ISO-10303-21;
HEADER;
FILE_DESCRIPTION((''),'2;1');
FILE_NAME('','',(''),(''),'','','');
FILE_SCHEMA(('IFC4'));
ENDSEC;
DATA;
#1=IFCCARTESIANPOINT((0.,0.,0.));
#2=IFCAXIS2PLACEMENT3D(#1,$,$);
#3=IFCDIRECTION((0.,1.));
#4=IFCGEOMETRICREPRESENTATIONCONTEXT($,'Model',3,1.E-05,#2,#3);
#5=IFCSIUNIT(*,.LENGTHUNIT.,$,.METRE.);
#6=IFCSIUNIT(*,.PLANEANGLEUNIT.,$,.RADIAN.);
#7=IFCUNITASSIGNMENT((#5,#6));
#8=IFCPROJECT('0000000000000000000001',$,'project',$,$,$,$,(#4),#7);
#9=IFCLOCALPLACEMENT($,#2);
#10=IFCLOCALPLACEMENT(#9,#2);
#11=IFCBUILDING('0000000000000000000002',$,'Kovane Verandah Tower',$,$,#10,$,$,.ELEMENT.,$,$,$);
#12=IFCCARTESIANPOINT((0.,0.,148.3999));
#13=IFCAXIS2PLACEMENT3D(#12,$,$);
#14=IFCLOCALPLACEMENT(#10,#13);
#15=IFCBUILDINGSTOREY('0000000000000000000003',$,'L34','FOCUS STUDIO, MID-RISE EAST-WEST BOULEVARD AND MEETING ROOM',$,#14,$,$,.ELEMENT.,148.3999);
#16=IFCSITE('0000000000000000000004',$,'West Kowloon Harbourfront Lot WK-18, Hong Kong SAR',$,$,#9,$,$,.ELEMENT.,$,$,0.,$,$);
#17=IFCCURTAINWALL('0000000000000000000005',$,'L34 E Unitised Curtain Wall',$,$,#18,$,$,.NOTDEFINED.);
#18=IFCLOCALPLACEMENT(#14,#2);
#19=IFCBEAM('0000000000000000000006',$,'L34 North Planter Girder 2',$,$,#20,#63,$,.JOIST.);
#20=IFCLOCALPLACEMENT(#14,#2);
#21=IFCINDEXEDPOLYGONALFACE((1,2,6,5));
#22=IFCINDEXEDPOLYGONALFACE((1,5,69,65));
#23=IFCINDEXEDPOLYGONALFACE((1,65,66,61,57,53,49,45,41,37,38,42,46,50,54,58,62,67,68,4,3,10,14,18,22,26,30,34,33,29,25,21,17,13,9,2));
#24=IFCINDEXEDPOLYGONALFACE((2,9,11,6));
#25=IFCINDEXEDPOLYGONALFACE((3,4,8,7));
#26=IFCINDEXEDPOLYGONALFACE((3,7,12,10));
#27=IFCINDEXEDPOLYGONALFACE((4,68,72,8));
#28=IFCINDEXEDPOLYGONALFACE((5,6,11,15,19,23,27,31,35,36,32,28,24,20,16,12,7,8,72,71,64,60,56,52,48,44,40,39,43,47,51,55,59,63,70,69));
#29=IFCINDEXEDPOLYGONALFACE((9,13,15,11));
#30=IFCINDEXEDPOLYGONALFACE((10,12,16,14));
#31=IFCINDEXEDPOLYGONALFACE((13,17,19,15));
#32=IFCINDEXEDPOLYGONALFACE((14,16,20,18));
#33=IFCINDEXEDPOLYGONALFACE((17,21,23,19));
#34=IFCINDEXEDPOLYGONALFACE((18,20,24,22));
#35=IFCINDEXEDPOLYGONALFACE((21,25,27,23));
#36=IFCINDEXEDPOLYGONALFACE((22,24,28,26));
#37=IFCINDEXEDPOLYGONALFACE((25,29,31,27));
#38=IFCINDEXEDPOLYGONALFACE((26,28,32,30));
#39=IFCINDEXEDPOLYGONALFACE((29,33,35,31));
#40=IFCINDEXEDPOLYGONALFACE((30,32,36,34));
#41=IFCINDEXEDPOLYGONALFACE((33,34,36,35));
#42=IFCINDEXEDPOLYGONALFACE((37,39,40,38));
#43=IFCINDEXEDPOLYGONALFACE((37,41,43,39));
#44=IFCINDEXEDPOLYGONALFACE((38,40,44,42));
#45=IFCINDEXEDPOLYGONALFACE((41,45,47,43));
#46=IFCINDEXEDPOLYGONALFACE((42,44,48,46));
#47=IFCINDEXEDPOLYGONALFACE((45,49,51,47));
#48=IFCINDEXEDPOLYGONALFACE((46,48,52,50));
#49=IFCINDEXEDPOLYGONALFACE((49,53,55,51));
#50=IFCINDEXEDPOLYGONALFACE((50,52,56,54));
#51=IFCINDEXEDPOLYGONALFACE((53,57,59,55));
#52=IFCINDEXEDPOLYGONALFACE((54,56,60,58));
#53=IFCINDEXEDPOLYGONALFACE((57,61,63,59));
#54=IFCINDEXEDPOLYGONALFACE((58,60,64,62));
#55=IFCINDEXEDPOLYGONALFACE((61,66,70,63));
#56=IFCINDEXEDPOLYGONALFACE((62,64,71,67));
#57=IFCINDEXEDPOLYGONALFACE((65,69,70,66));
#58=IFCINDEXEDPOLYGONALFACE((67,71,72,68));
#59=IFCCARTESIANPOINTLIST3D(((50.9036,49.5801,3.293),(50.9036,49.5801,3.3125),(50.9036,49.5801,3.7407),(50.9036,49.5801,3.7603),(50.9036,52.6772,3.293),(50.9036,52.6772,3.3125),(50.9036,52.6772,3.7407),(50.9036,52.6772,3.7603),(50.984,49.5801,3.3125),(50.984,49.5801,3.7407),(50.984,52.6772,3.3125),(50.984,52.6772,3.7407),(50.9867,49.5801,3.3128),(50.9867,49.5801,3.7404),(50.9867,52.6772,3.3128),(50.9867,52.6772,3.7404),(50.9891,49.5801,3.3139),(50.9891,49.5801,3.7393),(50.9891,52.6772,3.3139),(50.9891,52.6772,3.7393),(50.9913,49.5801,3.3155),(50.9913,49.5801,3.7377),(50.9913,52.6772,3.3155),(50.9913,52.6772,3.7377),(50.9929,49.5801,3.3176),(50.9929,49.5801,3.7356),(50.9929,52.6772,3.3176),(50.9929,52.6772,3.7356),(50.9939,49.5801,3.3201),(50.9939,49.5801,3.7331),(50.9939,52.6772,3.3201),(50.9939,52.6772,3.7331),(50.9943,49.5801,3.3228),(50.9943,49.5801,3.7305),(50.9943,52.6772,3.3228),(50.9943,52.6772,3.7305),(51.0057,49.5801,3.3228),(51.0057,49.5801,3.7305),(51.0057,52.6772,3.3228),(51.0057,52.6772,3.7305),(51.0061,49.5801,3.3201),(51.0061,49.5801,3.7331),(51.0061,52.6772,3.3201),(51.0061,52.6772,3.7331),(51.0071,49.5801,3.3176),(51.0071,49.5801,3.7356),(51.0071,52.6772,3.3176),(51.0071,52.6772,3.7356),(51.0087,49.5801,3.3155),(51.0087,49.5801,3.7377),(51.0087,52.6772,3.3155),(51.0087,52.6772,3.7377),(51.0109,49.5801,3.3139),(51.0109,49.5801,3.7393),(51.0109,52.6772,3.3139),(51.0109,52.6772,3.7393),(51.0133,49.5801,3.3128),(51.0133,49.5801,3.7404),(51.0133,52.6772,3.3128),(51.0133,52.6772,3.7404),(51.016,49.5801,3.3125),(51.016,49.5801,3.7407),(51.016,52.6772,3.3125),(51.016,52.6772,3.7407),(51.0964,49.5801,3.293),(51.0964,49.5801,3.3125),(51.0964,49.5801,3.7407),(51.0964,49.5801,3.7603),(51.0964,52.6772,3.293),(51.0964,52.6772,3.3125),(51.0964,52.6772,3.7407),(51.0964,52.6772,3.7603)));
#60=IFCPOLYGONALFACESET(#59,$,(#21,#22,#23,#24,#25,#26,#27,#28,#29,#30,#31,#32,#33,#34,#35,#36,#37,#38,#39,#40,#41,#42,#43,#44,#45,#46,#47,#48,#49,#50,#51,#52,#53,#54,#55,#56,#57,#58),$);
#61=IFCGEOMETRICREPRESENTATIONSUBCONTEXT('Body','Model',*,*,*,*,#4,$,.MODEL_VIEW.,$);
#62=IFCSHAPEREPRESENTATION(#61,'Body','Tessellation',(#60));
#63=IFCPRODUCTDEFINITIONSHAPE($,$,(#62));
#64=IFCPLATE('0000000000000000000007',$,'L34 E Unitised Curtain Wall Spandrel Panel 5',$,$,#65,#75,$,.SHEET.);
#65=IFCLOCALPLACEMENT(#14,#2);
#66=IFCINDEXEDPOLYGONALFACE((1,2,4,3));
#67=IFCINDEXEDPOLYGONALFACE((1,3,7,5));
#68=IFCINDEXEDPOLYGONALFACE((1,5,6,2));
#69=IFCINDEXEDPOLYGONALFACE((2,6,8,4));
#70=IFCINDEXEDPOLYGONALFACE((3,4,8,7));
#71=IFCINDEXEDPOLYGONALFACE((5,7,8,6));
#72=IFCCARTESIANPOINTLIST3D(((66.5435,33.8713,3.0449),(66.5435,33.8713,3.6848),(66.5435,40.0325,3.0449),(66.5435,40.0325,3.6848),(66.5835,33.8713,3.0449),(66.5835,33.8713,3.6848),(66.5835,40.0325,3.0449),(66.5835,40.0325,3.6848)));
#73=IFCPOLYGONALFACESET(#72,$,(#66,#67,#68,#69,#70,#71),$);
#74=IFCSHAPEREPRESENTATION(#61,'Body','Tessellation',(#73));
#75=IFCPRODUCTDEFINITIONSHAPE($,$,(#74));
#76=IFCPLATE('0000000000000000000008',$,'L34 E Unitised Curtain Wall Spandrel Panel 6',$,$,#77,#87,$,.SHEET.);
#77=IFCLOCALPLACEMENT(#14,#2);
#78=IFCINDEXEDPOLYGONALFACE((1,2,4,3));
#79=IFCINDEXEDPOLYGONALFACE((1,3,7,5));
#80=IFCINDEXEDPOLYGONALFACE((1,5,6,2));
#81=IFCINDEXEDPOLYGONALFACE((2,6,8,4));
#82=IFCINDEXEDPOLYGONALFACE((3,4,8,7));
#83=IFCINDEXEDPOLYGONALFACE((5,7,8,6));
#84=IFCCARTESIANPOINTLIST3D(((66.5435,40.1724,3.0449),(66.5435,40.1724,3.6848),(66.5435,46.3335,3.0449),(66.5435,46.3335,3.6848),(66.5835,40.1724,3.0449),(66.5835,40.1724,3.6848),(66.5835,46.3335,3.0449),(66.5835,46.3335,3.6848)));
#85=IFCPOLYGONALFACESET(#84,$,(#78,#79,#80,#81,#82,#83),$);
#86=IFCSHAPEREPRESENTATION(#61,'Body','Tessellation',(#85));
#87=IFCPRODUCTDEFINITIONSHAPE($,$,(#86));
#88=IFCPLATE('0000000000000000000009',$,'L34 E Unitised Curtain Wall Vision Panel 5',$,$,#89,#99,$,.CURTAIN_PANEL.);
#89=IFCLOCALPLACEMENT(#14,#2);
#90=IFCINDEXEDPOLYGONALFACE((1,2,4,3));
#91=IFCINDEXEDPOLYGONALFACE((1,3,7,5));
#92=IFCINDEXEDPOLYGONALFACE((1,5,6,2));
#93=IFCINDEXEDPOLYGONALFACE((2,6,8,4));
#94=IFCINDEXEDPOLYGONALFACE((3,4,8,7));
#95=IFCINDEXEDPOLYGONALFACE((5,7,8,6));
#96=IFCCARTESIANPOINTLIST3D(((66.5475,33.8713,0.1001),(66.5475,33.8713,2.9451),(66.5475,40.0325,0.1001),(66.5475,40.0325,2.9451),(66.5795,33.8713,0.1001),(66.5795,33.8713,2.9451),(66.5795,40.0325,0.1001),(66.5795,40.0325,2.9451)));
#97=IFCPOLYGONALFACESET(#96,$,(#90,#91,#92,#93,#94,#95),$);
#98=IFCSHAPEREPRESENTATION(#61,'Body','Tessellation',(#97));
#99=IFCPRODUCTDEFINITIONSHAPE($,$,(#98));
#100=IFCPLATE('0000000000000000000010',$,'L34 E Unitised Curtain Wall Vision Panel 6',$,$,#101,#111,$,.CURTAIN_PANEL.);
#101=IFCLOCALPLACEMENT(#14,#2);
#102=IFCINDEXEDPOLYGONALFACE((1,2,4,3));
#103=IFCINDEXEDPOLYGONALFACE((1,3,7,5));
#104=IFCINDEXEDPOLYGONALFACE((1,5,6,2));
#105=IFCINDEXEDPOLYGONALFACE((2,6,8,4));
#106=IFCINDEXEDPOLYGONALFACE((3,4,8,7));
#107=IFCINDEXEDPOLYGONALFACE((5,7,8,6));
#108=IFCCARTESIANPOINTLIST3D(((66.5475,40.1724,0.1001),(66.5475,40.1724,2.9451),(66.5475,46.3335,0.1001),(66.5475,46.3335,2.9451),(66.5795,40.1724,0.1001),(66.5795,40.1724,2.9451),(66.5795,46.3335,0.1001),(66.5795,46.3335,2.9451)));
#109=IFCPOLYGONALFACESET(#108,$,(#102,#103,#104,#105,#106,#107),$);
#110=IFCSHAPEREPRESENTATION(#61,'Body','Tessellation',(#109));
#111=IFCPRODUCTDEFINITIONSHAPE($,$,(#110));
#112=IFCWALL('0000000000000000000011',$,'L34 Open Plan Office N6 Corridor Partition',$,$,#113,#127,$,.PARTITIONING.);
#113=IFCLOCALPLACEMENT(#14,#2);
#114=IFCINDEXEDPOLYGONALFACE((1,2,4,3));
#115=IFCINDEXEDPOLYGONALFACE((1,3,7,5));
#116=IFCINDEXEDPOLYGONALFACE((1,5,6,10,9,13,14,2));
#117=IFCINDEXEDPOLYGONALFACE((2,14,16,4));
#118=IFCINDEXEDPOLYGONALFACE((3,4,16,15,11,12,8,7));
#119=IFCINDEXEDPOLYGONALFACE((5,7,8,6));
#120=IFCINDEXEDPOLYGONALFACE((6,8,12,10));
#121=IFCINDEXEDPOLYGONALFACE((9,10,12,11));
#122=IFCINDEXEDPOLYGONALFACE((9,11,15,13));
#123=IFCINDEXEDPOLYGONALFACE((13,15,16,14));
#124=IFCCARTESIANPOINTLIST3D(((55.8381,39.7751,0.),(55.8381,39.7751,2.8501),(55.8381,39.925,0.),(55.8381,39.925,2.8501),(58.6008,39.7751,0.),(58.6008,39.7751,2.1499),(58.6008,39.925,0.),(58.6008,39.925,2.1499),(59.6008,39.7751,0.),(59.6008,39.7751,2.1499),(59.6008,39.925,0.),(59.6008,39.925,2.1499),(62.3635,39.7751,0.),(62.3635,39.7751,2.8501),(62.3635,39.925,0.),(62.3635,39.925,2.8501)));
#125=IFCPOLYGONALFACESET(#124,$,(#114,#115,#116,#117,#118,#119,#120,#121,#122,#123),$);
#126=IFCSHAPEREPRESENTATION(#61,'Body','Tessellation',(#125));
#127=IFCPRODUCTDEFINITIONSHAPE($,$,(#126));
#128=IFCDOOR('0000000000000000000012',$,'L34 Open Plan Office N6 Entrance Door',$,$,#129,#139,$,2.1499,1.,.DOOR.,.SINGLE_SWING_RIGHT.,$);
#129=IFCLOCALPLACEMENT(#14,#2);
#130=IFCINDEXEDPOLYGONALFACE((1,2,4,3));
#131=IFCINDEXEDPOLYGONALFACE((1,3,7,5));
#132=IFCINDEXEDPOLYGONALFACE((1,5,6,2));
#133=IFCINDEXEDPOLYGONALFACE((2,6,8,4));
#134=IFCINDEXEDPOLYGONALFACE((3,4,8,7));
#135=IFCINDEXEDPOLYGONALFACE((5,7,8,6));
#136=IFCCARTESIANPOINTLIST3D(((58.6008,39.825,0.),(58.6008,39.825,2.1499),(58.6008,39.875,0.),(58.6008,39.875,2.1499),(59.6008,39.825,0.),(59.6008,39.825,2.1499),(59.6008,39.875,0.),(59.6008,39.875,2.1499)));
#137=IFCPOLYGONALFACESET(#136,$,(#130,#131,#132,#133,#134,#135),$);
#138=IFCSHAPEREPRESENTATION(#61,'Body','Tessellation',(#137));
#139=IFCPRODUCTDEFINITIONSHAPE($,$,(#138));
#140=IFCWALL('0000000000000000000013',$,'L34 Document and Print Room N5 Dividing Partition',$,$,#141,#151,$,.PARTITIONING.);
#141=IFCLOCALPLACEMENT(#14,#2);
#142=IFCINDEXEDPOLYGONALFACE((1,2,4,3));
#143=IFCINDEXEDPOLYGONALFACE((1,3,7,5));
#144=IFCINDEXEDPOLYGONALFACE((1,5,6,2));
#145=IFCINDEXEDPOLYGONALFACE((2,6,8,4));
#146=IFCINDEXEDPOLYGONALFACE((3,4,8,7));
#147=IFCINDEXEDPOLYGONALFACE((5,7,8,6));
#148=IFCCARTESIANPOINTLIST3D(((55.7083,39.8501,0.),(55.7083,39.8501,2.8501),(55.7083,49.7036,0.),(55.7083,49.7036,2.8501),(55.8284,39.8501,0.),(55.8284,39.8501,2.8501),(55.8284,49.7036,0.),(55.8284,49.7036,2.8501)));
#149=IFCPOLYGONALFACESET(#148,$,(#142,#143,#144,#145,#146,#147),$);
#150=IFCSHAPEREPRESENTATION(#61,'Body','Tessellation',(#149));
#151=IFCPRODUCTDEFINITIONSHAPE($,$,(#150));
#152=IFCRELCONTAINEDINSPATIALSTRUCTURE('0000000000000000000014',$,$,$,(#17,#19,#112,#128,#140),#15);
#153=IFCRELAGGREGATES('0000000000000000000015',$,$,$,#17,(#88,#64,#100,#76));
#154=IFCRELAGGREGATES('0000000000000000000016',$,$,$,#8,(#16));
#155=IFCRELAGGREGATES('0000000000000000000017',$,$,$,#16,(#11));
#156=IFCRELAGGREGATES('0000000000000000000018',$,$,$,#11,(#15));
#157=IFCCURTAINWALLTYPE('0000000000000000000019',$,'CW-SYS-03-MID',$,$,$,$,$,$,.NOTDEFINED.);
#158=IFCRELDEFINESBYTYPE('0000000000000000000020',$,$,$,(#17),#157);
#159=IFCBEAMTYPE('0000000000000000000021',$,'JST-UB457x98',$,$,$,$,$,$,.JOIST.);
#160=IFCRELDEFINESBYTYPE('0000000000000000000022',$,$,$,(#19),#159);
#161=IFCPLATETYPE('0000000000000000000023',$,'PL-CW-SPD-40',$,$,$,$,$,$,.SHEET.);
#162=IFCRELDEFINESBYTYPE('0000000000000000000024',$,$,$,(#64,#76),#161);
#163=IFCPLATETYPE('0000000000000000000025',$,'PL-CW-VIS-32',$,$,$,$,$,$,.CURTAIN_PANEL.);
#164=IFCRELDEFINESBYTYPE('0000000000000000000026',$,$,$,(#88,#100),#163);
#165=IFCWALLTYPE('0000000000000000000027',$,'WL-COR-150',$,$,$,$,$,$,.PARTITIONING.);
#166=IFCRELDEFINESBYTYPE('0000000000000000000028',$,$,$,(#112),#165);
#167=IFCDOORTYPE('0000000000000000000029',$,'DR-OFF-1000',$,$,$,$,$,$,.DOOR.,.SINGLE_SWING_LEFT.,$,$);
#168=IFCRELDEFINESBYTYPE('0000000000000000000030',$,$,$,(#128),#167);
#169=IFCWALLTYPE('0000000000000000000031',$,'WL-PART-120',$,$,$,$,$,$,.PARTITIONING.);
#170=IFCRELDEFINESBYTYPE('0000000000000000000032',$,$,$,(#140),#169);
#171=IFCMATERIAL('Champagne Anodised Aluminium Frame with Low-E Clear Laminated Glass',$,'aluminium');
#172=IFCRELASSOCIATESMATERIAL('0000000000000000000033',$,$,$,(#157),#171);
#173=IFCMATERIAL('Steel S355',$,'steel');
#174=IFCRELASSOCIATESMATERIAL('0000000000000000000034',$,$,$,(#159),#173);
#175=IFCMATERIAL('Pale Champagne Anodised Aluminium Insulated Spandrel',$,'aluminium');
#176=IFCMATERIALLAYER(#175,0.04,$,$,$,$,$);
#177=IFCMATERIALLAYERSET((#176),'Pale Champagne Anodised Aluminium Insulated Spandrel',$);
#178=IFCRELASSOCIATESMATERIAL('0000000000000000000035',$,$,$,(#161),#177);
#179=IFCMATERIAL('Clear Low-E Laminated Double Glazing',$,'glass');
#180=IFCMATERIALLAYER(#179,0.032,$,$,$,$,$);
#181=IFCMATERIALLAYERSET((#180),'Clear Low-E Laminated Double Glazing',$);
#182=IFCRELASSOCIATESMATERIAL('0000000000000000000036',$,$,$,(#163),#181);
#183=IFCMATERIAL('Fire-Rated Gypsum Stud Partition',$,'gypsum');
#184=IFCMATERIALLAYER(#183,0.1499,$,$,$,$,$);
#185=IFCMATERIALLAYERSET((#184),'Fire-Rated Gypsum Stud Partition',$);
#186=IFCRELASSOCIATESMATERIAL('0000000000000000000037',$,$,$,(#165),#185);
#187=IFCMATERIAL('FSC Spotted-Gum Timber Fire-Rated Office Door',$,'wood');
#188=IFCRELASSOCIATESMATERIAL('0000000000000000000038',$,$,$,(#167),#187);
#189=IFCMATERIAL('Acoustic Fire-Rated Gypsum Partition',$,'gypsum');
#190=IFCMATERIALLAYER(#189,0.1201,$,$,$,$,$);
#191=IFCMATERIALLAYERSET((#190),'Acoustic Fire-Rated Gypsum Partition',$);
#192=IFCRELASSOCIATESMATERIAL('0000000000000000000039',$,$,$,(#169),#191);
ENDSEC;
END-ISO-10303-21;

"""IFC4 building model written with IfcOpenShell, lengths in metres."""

from ifc_helpers import new_model, si_unit, direction, frame, frame_2d, origin, origin_2d, place, context, subcontext, project, spatial, rectangle, i_section, extrude, material, layer, layer_set, material_profile, profile_set, type_object, element, fill, aggregate, save


model = new_model("IFC4")

# Units and contexts
model_context = context("Model", 3, precision=1e-05, world=origin(), true_north=direction((0.0, 1.0)))
body_context = subcontext(model_context, "Body", "Model", "MODEL_VIEW")
ifc_project = project(units=[si_unit("LENGTHUNIT", "METRE"), si_unit("PLANEANGLEUNIT", "RADIAN")], contexts=[model_context])

# Site, building, storey
site_placement = place(None, origin())
site = spatial("IfcSite", under=ifc_project, at=site_placement, Name="West Kowloon Harbourfront Lot WK-18, Hong Kong SAR", CompositionType="ELEMENT", RefElevation=0.0)
building_placement = place(site_placement, origin())
building = spatial("IfcBuilding", under=site, at=building_placement, Name="Kovane Verandah Tower", CompositionType="ELEMENT")
storey_placement = place(building_placement, frame((0.0, 0.0, 148.3999)))
storey = spatial("IfcBuildingStorey", under=building, at=storey_placement, Name="L34", Description="FOCUS STUDIO, MID-RISE EAST-WEST BOULEVARD AND MEETING ROOM", CompositionType="ELEMENT", Elevation=148.3999)

# Shared definitions
ifc_material_1 = material(Name="Steel S355", Category="steel")

# Curtain wall
ifc_material_2 = material(Name="Champagne Anodised Aluminium Frame with Low-E Clear Laminated Glass", Category="aluminium")
curtain_wall_type = type_object("IfcCurtainWallType", Name="CW-SYS-03-MID", PredefinedType="NOTDEFINED", material=ifc_material_2)
curtain_wall_placement = place(storey_placement, origin())
curtain_wall = element("IfcCurtainWall", 1, at=curtain_wall_placement, inside=storey, type_object=curtain_wall_type, Name="L34 E Unitised Curtain Wall", PredefinedType="NOTDEFINED")

# Beam
ifc_material_profile_1 = material_profile(ifc_material_1, i_section(OverallWidth=0.1929, OverallDepth=0.4673, WebThickness=0.0115, FlangeThickness=0.0195, FilletRadius=0.0103, at=origin_2d()), Name="UB457x191x98")
ifc_profile_set_1 = profile_set([ifc_material_profile_1], Name="Steel S355")
beam_type_1 = type_object("IfcBeamType", Name="JST-UB457x98", PredefinedType="JOIST", material=ifc_profile_set_1)
beam_1_placement = place(storey_placement, frame((51.0, 49.5801, 3.5266), z_axis=(0.0, 1.0, 0.0), x_axis=(-1.0, 0.0, 0.0)))
element("IfcBeam", 2, at=beam_1_placement, inside=storey, type_object=beam_type_1, Name="L34 North Planter Girder 2", PredefinedType="JOIST", context=body_context, shape_type="SweptSolid", body=[
    extrude(i_section(OverallWidth=0.1929, OverallDepth=0.4673, WebThickness=0.0115, FlangeThickness=0.0195, FilletRadius=0.0103, at=origin_2d()), origin(), (0.0, 0.0, 1.0), 3.0972),
])

# Plates
ifc_material_3 = material(Name="Pale Champagne Anodised Aluminium Insulated Spandrel", Category="aluminium")
ifc_layer_1 = layer(ifc_material_3, 0.04)
ifc_layer_set_1 = layer_set([ifc_layer_1], Name="Pale Champagne Anodised Aluminium Insulated Spandrel")
plate_type_1 = type_object("IfcPlateType", Name="PL-CW-SPD-40", PredefinedType="SHEET", material=ifc_layer_set_1)
plate_1_placement = place(storey_placement, frame((66.5635, 36.9519, 3.0449), z_axis=(0.0, 0.0, 1.0), x_axis=(0.0, 1.0, 0.0)))
plate_1 = element("IfcPlate", 3, at=plate_1_placement, type_object=plate_type_1, Name="L34 E Unitised Curtain Wall Spandrel Panel 5", PredefinedType="SHEET", context=body_context, shape_type="SweptSolid", body=[
    extrude(rectangle(XDim=6.1611, YDim=0.04, at=origin_2d()), origin(), (0.0, 0.0, 1.0), 0.6399),
])
plate_2_placement = place(storey_placement, frame((66.5635, 43.2529, 3.0449), z_axis=(0.0, 0.0, 1.0), x_axis=(0.0, 1.0, 0.0)))
plate_2 = element("IfcPlate", 4, at=plate_2_placement, type_object=plate_type_1, Name="L34 E Unitised Curtain Wall Spandrel Panel 6", PredefinedType="SHEET", context=body_context, shape_type="SweptSolid", body=[
    extrude(rectangle(XDim=6.1611, YDim=0.04, at=origin_2d()), origin(), (0.0, 0.0, 1.0), 0.6399),
])
ifc_material_4 = material(Name="Clear Low-E Laminated Double Glazing", Category="glass")
ifc_layer_2 = layer(ifc_material_4, 0.032)
ifc_layer_set_2 = layer_set([ifc_layer_2], Name="Clear Low-E Laminated Double Glazing")
plate_type_2 = type_object("IfcPlateType", Name="PL-CW-VIS-32", PredefinedType="CURTAIN_PANEL", material=ifc_layer_set_2)
plate_3_placement = place(storey_placement, frame((66.5635, 36.9519, 0.1001), z_axis=(0.0, 0.0, 1.0), x_axis=(0.0, 1.0, 0.0)))
plate_3 = element("IfcPlate", 5, at=plate_3_placement, type_object=plate_type_2, Name="L34 E Unitised Curtain Wall Vision Panel 5", PredefinedType="CURTAIN_PANEL", context=body_context, shape_type="SweptSolid", body=[
    extrude(rectangle(XDim=6.1611, YDim=0.032, at=origin_2d()), origin(), (0.0, 0.0, 1.0), 2.845),
])
plate_4_placement = place(storey_placement, frame((66.5635, 43.2529, 0.1001), z_axis=(0.0, 0.0, 1.0), x_axis=(0.0, 1.0, 0.0)))
plate_4 = element("IfcPlate", 6, at=plate_4_placement, type_object=plate_type_2, Name="L34 E Unitised Curtain Wall Vision Panel 6", PredefinedType="CURTAIN_PANEL", context=body_context, shape_type="SweptSolid", body=[
    extrude(rectangle(XDim=6.1611, YDim=0.032, at=origin_2d()), origin(), (0.0, 0.0, 1.0), 2.845),
])
aggregate(curtain_wall, [plate_3, plate_1, plate_4, plate_2])

# Wall, opening, door
ifc_material_5 = material(Name="Fire-Rated Gypsum Stud Partition", Category="gypsum")
ifc_layer_3 = layer(ifc_material_5, 0.1499)
ifc_layer_set_3 = layer_set([ifc_layer_3], Name="Fire-Rated Gypsum Stud Partition")
wall_type_1 = type_object("IfcWallType", Name="WL-COR-150", PredefinedType="PARTITIONING", material=ifc_layer_set_3)
wall_1_placement = place(storey_placement, frame((55.8381, 39.8501, 0.0), z_axis=(0.0, 0.0, 1.0), x_axis=(1.0, 0.0, 0.0)))
wall_1 = element("IfcWall", 7, at=wall_1_placement, inside=storey, type_object=wall_type_1, Name="L34 Open Plan Office N6 Corridor Partition", PredefinedType="PARTITIONING", context=body_context, shape_type="SweptSolid", body=[
    extrude(rectangle(XDim=6.5254, YDim=0.1499, at=frame_2d((3.2627, 0.0))), origin(), (0.0, 0.0, 1.0), 2.8501),
])
opening_1_placement = place(wall_1_placement, frame((2.7627, 0.0, 0.0)))
opening_1 = element("IfcOpeningElement", 8, at=opening_1_placement, cuts=wall_1, PredefinedType="OPENING", context=body_context, shape_type="SweptSolid", body=[
    extrude(rectangle(XDim=1.0, YDim=2.1499, at=frame_2d((0.5, 1.075))), frame((0.0, 0.075, 0.0), z_axis=(0.0, -1.0, 0.0), x_axis=(1.0, 0.0, 0.0)), (0.0, 0.0, 1.0), 0.1499),
])
ifc_material_6 = material(Name="FSC Spotted-Gum Timber Fire-Rated Office Door", Category="wood")
door_type_1 = type_object("IfcDoorType", Name="DR-OFF-1000", OperationType="SINGLE_SWING_LEFT", PredefinedType="DOOR", material=ifc_material_6)
door_1_placement = place(opening_1_placement, origin())
door_1 = element("IfcDoor", 9, at=door_1_placement, inside=storey, type_object=door_type_1, Name="L34 Open Plan Office N6 Entrance Door", OperationType="SINGLE_SWING_RIGHT", OverallHeight=2.1499, OverallWidth=1.0, PredefinedType="DOOR", context=body_context, shape_type="SweptSolid", body=[
    extrude(rectangle(XDim=1.0, YDim=2.1499, at=frame_2d((0.5, 1.075))), frame((0.0, 0.0249, 0.0), z_axis=(0.0, -1.0, 0.0), x_axis=(1.0, 0.0, 0.0)), (0.0, 0.0, 1.0), 0.05),
])
fill(opening_1, door_1)

# Wall
ifc_material_7 = material(Name="Acoustic Fire-Rated Gypsum Partition", Category="gypsum")
ifc_layer_4 = layer(ifc_material_7, 0.1201)
ifc_layer_set_4 = layer_set([ifc_layer_4], Name="Acoustic Fire-Rated Gypsum Partition")
wall_type_2 = type_object("IfcWallType", Name="WL-PART-120", PredefinedType="PARTITIONING", material=ifc_layer_set_4)
wall_2_placement = place(storey_placement, frame((55.7683, 39.8501, 0.0), z_axis=(0.0, 0.0, 1.0), x_axis=(0.0, 1.0, 0.0)))
element("IfcWall", 10, at=wall_2_placement, inside=storey, type_object=wall_type_2, Name="L34 Document and Print Room N5 Dividing Partition", PredefinedType="PARTITIONING", context=body_context, shape_type="SweptSolid", body=[
    extrude(rectangle(XDim=9.8535, YDim=0.1201, at=frame_2d((4.9268, 0.0))), origin(), (0.0, 0.0, 1.0), 2.8501),
])

save(model, "model.ifc")
